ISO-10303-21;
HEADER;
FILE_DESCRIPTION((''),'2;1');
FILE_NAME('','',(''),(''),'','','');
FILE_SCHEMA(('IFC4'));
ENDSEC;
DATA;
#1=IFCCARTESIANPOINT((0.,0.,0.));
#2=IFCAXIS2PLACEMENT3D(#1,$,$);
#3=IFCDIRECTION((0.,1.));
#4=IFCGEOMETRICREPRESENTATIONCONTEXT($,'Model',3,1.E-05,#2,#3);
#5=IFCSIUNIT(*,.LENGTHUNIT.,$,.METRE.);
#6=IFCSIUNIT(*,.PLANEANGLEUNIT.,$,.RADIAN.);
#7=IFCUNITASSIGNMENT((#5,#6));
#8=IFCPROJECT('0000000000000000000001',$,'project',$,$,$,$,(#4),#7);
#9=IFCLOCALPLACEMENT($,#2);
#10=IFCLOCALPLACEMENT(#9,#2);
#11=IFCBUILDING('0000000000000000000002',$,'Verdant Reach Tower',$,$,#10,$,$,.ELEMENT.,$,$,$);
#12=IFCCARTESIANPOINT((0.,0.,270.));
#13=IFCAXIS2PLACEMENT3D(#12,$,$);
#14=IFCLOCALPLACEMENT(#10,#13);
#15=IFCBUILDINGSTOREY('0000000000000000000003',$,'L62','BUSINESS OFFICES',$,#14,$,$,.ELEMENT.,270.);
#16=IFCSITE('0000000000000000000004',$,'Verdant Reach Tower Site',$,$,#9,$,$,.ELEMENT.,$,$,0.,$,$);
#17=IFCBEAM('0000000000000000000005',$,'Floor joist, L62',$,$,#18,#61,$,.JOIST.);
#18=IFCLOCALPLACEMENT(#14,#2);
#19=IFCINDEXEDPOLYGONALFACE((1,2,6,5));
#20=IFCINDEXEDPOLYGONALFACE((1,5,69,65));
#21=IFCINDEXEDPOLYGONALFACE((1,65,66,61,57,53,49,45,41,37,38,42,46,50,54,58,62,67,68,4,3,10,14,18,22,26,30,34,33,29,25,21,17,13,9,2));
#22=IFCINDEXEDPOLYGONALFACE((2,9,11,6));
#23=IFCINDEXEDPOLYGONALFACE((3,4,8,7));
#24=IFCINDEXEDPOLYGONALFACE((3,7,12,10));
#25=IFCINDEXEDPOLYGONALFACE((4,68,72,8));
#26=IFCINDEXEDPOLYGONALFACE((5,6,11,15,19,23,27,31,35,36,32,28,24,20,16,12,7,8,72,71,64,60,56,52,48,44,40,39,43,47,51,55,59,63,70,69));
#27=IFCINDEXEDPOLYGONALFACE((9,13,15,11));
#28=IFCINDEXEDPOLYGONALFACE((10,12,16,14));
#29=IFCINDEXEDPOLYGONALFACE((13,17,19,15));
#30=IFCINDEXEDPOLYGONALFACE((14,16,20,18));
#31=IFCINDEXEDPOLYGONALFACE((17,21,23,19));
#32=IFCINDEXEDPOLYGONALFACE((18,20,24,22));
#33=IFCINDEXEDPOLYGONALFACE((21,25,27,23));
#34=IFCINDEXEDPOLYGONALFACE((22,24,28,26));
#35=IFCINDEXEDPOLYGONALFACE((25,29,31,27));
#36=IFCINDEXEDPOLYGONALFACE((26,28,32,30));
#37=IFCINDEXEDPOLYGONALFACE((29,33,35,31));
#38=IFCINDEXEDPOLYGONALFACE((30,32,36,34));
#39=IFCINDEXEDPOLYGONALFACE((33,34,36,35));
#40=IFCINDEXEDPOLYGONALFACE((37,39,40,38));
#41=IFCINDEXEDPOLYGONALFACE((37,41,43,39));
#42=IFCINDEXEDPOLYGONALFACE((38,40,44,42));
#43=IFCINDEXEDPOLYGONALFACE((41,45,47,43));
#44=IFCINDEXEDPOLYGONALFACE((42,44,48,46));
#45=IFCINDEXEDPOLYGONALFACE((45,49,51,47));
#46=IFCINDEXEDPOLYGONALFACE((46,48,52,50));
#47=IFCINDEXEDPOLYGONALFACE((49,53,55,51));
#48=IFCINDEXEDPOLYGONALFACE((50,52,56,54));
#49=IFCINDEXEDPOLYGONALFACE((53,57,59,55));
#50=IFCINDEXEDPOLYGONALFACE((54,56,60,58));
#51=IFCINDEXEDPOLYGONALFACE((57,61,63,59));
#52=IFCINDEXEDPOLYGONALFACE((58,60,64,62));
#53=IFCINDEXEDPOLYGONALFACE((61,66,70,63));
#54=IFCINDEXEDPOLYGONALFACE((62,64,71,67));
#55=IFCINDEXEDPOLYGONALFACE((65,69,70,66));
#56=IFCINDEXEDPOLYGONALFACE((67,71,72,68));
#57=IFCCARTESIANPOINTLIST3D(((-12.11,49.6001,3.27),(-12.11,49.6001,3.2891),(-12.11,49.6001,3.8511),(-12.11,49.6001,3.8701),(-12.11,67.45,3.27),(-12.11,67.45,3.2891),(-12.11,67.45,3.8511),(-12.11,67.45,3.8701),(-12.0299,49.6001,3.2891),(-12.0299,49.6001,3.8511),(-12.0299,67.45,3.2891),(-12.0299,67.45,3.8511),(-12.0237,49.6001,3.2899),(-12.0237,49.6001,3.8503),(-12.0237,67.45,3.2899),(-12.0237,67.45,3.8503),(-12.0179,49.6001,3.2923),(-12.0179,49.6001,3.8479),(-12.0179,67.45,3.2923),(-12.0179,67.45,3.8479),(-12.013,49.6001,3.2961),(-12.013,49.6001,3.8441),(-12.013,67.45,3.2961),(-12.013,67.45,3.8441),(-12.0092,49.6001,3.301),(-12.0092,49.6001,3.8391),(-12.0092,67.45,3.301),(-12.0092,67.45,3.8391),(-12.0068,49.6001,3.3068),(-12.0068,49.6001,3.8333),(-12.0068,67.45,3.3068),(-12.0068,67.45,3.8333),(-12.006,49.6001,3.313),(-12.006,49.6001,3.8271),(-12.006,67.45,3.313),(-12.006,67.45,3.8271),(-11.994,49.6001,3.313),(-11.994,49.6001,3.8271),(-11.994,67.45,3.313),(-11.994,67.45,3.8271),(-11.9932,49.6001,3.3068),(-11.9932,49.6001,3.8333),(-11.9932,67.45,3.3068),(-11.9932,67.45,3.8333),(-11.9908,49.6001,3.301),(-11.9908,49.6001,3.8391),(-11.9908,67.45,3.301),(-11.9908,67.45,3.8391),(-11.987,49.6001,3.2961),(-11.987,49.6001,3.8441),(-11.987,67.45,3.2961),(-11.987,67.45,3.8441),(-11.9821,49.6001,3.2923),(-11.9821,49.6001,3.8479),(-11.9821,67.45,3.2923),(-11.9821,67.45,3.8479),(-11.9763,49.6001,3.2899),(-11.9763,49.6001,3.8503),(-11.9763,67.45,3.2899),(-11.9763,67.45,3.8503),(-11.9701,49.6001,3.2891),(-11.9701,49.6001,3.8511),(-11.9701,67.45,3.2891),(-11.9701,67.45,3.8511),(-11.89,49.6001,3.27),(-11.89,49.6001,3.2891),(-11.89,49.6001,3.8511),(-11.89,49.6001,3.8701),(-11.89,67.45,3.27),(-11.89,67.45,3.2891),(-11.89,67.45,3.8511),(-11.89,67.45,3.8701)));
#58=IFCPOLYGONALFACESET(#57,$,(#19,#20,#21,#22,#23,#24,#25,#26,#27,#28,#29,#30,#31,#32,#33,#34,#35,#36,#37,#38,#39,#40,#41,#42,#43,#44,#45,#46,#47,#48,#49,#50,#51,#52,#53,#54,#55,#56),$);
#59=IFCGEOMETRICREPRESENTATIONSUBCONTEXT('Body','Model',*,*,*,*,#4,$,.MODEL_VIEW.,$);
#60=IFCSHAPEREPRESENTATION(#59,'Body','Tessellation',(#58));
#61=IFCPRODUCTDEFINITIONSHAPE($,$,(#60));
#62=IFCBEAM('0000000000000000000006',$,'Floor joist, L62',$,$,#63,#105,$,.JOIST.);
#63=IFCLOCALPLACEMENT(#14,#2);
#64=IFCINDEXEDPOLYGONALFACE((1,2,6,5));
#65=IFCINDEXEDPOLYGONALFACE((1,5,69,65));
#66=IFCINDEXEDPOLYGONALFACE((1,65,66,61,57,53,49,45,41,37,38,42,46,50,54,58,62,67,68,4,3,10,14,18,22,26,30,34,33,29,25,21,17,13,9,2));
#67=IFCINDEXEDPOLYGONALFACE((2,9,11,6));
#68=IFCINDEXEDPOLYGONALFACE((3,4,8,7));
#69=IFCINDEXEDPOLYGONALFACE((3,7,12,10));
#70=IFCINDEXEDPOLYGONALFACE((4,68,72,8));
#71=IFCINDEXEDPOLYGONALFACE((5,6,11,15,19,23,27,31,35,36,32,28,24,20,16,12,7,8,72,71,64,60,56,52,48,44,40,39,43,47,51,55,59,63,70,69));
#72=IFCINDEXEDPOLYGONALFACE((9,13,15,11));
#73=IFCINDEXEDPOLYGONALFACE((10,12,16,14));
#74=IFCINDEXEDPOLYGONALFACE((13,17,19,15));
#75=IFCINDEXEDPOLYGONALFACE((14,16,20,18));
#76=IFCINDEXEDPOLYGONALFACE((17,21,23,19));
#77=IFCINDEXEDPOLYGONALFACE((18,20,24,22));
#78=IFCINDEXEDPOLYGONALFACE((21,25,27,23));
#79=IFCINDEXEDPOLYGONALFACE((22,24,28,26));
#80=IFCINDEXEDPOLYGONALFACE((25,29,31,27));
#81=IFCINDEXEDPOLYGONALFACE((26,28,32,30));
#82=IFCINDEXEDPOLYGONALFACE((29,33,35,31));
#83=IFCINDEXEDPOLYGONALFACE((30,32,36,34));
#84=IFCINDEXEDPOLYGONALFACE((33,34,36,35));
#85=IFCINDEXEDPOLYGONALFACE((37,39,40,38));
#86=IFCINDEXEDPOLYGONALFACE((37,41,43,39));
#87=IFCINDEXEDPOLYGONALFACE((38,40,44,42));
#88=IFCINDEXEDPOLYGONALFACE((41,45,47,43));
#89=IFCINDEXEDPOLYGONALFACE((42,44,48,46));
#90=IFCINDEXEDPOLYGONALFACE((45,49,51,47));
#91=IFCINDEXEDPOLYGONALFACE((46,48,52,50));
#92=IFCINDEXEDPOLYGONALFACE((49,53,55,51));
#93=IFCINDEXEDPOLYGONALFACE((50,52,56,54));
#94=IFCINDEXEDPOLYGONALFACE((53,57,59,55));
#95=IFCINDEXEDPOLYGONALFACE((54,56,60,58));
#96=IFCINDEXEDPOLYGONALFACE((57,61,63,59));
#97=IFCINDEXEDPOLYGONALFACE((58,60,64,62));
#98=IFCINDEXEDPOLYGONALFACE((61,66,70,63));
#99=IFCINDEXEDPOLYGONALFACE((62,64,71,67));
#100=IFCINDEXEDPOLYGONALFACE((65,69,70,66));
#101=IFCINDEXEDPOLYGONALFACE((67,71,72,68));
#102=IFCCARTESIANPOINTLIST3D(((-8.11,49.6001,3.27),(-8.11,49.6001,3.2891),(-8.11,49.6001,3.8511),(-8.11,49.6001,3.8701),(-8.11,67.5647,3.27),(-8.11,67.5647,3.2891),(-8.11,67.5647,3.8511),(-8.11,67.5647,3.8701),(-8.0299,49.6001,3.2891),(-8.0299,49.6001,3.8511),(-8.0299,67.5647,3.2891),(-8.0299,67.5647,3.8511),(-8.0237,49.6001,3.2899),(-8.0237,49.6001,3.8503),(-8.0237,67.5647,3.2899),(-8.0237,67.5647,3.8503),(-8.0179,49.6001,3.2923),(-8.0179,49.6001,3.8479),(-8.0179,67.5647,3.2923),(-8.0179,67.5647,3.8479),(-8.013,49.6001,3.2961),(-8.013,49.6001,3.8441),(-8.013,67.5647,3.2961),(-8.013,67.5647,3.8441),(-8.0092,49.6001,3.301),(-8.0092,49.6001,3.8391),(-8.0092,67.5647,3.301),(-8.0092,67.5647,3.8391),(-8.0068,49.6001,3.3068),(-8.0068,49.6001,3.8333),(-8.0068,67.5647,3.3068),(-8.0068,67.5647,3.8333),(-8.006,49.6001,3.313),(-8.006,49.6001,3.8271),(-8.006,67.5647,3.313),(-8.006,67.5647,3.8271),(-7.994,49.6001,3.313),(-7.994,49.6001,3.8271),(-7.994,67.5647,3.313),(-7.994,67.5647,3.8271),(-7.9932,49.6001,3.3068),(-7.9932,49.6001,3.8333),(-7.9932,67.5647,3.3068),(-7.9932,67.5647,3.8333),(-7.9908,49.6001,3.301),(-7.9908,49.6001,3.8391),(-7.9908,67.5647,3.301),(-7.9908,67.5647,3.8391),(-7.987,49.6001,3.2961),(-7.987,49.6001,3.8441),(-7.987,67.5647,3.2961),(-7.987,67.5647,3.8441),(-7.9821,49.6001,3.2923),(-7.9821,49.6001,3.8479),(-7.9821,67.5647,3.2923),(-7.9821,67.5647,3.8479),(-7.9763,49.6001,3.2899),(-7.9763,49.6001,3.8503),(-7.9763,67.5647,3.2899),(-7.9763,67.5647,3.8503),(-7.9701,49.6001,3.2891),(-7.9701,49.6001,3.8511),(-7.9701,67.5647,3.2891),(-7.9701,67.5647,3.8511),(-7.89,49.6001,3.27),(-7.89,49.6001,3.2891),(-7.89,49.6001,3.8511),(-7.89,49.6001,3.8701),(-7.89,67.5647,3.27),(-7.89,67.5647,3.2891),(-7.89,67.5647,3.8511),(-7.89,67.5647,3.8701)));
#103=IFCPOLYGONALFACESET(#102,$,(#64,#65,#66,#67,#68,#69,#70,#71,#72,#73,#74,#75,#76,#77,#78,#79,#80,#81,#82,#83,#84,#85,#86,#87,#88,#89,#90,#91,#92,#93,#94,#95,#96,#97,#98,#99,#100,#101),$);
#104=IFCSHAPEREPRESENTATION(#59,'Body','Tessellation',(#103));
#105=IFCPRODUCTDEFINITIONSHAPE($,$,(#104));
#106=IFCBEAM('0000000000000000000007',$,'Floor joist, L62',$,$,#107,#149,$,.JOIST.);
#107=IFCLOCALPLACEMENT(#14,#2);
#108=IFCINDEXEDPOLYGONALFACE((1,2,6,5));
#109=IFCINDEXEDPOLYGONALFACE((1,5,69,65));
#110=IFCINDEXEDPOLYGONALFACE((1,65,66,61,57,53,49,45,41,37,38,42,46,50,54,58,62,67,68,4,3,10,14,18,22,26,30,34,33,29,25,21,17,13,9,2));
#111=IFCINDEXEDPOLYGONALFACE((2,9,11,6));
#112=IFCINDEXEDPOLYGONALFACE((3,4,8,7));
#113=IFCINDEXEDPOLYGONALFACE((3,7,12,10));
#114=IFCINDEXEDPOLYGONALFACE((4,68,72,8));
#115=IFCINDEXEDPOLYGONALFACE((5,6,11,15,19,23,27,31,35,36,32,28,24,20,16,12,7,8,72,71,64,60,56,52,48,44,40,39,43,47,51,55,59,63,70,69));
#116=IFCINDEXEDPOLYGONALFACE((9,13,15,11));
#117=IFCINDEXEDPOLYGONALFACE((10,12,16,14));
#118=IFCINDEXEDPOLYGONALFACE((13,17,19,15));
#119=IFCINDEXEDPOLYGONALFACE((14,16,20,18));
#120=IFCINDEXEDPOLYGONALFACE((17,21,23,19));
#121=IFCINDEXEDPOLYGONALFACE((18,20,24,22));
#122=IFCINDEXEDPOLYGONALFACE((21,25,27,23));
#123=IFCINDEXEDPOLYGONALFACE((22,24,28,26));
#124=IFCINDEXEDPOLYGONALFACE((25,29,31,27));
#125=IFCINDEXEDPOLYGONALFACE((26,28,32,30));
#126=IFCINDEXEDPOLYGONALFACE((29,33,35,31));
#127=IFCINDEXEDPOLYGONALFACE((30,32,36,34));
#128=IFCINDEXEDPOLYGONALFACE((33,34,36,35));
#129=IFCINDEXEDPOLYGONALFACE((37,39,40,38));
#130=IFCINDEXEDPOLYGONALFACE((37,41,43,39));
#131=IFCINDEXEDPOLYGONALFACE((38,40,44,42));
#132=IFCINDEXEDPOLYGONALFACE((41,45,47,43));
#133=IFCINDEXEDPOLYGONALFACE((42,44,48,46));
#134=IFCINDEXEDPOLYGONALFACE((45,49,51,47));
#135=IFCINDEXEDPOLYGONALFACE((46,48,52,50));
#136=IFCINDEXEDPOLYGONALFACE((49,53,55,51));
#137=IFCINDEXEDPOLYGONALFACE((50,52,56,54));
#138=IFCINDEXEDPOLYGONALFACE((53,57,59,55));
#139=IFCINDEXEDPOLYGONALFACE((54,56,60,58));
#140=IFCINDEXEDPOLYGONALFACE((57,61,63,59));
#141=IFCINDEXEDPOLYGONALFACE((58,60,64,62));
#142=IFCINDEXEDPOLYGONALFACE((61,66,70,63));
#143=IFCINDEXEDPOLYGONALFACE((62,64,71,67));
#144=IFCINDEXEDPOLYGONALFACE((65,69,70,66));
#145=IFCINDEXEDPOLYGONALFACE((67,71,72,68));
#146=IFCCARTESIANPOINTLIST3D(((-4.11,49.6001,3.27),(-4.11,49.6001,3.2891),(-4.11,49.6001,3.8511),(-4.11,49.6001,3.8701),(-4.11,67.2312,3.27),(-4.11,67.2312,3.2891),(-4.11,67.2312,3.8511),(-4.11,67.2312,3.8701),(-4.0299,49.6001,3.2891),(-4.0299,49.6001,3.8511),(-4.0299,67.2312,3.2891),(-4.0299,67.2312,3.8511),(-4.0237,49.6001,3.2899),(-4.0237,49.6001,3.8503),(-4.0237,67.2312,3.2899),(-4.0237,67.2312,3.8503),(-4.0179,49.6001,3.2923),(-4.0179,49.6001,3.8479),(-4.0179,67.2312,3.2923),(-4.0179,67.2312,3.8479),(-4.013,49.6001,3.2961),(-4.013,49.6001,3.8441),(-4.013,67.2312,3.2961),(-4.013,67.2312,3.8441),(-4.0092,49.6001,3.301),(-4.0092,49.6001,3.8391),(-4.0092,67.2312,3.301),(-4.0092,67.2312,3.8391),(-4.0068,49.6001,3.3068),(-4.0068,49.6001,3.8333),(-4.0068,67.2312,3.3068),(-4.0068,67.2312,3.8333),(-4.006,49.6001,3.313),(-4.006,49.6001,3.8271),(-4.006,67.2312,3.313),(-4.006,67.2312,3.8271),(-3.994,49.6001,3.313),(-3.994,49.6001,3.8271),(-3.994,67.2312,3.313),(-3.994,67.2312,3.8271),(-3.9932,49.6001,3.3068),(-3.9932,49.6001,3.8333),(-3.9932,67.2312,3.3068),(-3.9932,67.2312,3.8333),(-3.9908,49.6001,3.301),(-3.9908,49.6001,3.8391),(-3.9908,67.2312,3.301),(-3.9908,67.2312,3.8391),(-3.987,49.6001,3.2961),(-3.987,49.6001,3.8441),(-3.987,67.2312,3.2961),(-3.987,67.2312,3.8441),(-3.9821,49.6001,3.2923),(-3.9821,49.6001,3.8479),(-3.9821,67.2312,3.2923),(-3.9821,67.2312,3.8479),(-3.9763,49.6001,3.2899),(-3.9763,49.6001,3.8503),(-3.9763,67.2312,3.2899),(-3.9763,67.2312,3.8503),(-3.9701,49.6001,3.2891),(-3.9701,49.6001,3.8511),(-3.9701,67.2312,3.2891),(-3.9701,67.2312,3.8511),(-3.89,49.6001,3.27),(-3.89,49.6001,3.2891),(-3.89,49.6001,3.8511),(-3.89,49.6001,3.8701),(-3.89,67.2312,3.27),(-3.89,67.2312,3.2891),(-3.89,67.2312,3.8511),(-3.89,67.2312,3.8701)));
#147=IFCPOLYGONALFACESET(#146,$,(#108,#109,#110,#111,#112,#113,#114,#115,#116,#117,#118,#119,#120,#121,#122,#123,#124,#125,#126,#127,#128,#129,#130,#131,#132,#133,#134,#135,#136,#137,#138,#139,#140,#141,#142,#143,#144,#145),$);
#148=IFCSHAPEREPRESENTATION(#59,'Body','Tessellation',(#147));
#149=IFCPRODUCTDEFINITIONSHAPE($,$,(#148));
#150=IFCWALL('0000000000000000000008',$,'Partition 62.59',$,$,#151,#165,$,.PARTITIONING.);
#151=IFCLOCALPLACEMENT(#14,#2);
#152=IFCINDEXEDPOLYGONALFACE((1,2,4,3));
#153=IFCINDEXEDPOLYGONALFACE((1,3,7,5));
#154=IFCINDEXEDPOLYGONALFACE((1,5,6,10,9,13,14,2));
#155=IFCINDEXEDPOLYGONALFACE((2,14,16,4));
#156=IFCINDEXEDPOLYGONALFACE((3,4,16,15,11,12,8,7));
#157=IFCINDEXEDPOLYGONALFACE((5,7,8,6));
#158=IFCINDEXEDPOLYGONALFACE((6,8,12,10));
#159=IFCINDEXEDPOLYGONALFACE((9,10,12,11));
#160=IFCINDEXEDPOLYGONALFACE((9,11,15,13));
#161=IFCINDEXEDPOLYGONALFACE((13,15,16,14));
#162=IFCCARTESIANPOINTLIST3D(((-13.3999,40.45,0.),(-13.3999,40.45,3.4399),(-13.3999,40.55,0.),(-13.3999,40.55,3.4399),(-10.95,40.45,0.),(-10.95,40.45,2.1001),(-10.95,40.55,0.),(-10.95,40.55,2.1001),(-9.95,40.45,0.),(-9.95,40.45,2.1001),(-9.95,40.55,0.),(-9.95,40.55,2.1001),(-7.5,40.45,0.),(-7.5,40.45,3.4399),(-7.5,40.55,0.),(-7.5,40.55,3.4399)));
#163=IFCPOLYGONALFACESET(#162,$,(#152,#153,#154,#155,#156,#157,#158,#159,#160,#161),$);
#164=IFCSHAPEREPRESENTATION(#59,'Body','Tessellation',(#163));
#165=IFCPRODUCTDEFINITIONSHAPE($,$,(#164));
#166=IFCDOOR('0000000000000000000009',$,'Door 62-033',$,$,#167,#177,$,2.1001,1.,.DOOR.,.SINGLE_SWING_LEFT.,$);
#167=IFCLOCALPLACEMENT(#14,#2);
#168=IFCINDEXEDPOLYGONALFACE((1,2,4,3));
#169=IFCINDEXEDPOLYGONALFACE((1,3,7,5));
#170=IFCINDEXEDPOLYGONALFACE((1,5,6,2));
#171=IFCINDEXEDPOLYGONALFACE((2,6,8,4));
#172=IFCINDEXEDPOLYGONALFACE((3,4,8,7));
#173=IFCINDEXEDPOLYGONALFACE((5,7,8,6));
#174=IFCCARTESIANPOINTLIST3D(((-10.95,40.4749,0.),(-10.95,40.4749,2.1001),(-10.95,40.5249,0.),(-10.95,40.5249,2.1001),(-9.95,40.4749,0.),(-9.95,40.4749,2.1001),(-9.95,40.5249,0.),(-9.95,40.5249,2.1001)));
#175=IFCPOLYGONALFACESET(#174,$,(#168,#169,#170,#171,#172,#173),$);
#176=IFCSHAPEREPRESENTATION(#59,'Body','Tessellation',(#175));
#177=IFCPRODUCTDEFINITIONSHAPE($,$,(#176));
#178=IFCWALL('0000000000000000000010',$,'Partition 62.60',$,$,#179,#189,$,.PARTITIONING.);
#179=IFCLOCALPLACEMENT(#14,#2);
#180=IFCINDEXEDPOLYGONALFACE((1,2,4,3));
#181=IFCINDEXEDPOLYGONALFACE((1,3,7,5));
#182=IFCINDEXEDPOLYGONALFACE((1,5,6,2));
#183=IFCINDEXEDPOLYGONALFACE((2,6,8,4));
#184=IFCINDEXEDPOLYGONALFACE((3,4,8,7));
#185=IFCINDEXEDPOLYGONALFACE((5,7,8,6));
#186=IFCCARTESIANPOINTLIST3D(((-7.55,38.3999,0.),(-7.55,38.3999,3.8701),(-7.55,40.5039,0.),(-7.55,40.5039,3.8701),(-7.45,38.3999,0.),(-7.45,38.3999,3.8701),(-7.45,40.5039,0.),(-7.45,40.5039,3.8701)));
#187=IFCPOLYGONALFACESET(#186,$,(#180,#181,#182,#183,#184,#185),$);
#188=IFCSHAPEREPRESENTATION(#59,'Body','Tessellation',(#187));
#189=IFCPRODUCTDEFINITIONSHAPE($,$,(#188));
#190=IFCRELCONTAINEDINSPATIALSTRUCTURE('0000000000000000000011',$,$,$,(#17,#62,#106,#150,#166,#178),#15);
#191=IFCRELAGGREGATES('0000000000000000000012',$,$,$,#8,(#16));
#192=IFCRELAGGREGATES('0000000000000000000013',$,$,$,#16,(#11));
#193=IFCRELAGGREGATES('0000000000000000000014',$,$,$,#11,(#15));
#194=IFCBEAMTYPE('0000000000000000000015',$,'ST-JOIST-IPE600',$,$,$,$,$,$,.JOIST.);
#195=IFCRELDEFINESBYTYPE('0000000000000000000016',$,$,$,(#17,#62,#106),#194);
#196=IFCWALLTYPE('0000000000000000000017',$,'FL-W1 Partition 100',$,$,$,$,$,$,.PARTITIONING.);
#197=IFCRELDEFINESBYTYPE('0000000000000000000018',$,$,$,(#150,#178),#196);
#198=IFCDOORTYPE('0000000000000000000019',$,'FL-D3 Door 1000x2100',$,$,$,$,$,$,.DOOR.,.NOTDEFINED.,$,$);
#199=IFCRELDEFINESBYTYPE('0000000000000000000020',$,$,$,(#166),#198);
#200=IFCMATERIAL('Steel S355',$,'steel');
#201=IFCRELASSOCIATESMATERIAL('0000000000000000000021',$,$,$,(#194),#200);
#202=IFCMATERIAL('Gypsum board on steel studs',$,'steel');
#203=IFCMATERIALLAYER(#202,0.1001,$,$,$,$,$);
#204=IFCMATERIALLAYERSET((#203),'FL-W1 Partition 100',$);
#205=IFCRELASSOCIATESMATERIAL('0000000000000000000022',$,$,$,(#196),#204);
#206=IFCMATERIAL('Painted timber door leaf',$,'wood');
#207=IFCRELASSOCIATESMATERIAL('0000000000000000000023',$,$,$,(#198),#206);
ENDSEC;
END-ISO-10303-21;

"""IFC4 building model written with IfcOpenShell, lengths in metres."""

from ifc_helpers import new_model, si_unit, direction, frame, frame_2d, origin, origin_2d, place, context, subcontext, project, spatial, rectangle, i_section, extrude, material, layer, layer_set, material_profile, profile_set, type_object, element, fill, save


model = new_model("IFC4")

# Units and contexts
model_context = context("Model", 3, precision=1e-05, world=origin(), true_north=direction((0.0, 1.0)))
body_context = subcontext(model_context, "Body", "Model", "MODEL_VIEW")
ifc_project = project(units=[si_unit("LENGTHUNIT", "METRE"), si_unit("PLANEANGLEUNIT", "RADIAN")], contexts=[model_context])

# Site, building, storey
site_placement = place(None, origin())
site = spatial("IfcSite", under=ifc_project, at=site_placement, Name="Verdant Reach Tower Site", CompositionType="ELEMENT", RefElevation=0.0)
building_placement = place(site_placement, origin())
building = spatial("IfcBuilding", under=site, at=building_placement, Name="Verdant Reach Tower", CompositionType="ELEMENT")
storey_placement = place(building_placement, frame((0.0, 0.0, 270.0)))
storey = spatial("IfcBuildingStorey", under=building, at=storey_placement, Name="L62", Description="BUSINESS OFFICES", CompositionType="ELEMENT", Elevation=270.0)

# Beams
ifc_material_1 = material(Name="Steel S355", Category="steel")
ifc_material_profile_1 = material_profile(ifc_material_1, i_section(OverallWidth=0.22, OverallDepth=0.6001, WebThickness=0.012, FlangeThickness=0.019, FilletRadius=0.0239, at=origin_2d()), Name="IPE 600")
ifc_profile_set_1 = profile_set([ifc_material_profile_1], Name="Steel S355")
beam_type_1 = type_object("IfcBeamType", Name="ST-JOIST-IPE600", PredefinedType="JOIST", material=ifc_profile_set_1)
beam_1_placement = place(storey_placement, frame((-12.0, 49.6001, 3.5701), z_axis=(0.0, 1.0, 0.0), x_axis=(-1.0, 0.0, 0.0)))
element("IfcBeam", 1, at=beam_1_placement, inside=storey, type_object=beam_type_1, Name="Floor joist, L62", PredefinedType="JOIST", context=body_context, shape_type="SweptSolid", body=[
    extrude(i_section(OverallWidth=0.22, OverallDepth=0.6001, WebThickness=0.012, FlangeThickness=0.019, FilletRadius=0.0239, at=origin_2d()), origin(), (0.0, 0.0, 1.0), 17.8499),
])
beam_2_placement = place(storey_placement, frame((-8.0, 49.6001, 3.5701), z_axis=(0.0, 1.0, 0.0), x_axis=(-1.0, 0.0, 0.0)))
element("IfcBeam", 2, at=beam_2_placement, inside=storey, type_object=beam_type_1, Name="Floor joist, L62", PredefinedType="JOIST", context=body_context, shape_type="SweptSolid", body=[
    extrude(i_section(OverallWidth=0.22, OverallDepth=0.6001, WebThickness=0.012, FlangeThickness=0.019, FilletRadius=0.0239, at=origin_2d()), origin(), (0.0, 0.0, 1.0), 17.9646),
])
beam_3_placement = place(storey_placement, frame((-4.0, 49.6001, 3.5701), z_axis=(0.0, 1.0, 0.0), x_axis=(-1.0, 0.0, 0.0)))
element("IfcBeam", 3, at=beam_3_placement, inside=storey, type_object=beam_type_1, Name="Floor joist, L62", PredefinedType="JOIST", context=body_context, shape_type="SweptSolid", body=[
    extrude(i_section(OverallWidth=0.22, OverallDepth=0.6001, WebThickness=0.012, FlangeThickness=0.019, FilletRadius=0.0239, at=origin_2d()), origin(), (0.0, 0.0, 1.0), 17.6311),
])

# Wall, opening, door
ifc_material_2 = material(Name="Gypsum board on steel studs", Category="steel")
ifc_layer_1 = layer(ifc_material_2, 0.1001)
ifc_layer_set_1 = layer_set([ifc_layer_1], Name="FL-W1 Partition 100")
wall_type_1 = type_object("IfcWallType", Name="FL-W1 Partition 100", PredefinedType="PARTITIONING", material=ifc_layer_set_1)
wall_1_placement = place(storey_placement, frame((-13.3999, 40.5, 0.0), z_axis=(0.0, 0.0, 1.0), x_axis=(1.0, 0.0, 0.0)))
wall_1 = element("IfcWall", 4, at=wall_1_placement, inside=storey, type_object=wall_type_1, Name="Partition 62.59", PredefinedType="PARTITIONING", context=body_context, shape_type="SweptSolid", body=[
    extrude(rectangle(XDim=5.8999, YDim=0.1001, at=frame_2d((2.95, 0.0))), origin(), (0.0, 0.0, 1.0), 3.4399),
])
opening_1_placement = place(wall_1_placement, frame((2.45, 0.0, 0.0)))
opening_1 = element("IfcOpeningElement", 5, at=opening_1_placement, cuts=wall_1, PredefinedType="OPENING", context=body_context, shape_type="SweptSolid", body=[
    extrude(rectangle(XDim=1.0, YDim=2.1001, at=frame_2d((0.5, 1.05))), frame((0.0, 0.0601, 0.0), z_axis=(0.0, -1.0, 0.0), x_axis=(1.0, 0.0, 0.0)), (0.0, 0.0, 1.0), 0.1201),
])
ifc_material_3 = material(Name="Painted timber door leaf", Category="wood")
door_type_1 = type_object("IfcDoorType", Name="FL-D3 Door 1000x2100", OperationType="NOTDEFINED", PredefinedType="DOOR", material=ifc_material_3)
door_1_placement = place(opening_1_placement, origin())
door_1 = element("IfcDoor", 6, at=door_1_placement, inside=storey, type_object=door_type_1, Name="Door 62-033", OperationType="SINGLE_SWING_LEFT", OverallHeight=2.1001, OverallWidth=1.0, PredefinedType="DOOR", context=body_context, shape_type="SweptSolid", body=[
    extrude(rectangle(XDim=1.0, YDim=2.1001, at=frame_2d((0.5, 1.05))), frame((0.0, 0.0249, 0.0), z_axis=(0.0, -1.0, 0.0), x_axis=(1.0, 0.0, 0.0)), (0.0, 0.0, 1.0), 0.05),
])
fill(opening_1, door_1)

# Wall
wall_2_placement = place(storey_placement, frame((-7.5, 38.3999, 0.0), z_axis=(0.0, 0.0, 1.0), x_axis=(0.0, 1.0, 0.0)))
element("IfcWall", 7, at=wall_2_placement, inside=storey, type_object=wall_type_1, Name="Partition 62.60", PredefinedType="PARTITIONING", context=body_context, shape_type="SweptSolid", body=[
    extrude(rectangle(XDim=2.104, YDim=0.1001, at=frame_2d((1.052, 0.0))), origin(), (0.0, 0.0, 1.0), 3.8701),
])

save(model, "model.ifc")
